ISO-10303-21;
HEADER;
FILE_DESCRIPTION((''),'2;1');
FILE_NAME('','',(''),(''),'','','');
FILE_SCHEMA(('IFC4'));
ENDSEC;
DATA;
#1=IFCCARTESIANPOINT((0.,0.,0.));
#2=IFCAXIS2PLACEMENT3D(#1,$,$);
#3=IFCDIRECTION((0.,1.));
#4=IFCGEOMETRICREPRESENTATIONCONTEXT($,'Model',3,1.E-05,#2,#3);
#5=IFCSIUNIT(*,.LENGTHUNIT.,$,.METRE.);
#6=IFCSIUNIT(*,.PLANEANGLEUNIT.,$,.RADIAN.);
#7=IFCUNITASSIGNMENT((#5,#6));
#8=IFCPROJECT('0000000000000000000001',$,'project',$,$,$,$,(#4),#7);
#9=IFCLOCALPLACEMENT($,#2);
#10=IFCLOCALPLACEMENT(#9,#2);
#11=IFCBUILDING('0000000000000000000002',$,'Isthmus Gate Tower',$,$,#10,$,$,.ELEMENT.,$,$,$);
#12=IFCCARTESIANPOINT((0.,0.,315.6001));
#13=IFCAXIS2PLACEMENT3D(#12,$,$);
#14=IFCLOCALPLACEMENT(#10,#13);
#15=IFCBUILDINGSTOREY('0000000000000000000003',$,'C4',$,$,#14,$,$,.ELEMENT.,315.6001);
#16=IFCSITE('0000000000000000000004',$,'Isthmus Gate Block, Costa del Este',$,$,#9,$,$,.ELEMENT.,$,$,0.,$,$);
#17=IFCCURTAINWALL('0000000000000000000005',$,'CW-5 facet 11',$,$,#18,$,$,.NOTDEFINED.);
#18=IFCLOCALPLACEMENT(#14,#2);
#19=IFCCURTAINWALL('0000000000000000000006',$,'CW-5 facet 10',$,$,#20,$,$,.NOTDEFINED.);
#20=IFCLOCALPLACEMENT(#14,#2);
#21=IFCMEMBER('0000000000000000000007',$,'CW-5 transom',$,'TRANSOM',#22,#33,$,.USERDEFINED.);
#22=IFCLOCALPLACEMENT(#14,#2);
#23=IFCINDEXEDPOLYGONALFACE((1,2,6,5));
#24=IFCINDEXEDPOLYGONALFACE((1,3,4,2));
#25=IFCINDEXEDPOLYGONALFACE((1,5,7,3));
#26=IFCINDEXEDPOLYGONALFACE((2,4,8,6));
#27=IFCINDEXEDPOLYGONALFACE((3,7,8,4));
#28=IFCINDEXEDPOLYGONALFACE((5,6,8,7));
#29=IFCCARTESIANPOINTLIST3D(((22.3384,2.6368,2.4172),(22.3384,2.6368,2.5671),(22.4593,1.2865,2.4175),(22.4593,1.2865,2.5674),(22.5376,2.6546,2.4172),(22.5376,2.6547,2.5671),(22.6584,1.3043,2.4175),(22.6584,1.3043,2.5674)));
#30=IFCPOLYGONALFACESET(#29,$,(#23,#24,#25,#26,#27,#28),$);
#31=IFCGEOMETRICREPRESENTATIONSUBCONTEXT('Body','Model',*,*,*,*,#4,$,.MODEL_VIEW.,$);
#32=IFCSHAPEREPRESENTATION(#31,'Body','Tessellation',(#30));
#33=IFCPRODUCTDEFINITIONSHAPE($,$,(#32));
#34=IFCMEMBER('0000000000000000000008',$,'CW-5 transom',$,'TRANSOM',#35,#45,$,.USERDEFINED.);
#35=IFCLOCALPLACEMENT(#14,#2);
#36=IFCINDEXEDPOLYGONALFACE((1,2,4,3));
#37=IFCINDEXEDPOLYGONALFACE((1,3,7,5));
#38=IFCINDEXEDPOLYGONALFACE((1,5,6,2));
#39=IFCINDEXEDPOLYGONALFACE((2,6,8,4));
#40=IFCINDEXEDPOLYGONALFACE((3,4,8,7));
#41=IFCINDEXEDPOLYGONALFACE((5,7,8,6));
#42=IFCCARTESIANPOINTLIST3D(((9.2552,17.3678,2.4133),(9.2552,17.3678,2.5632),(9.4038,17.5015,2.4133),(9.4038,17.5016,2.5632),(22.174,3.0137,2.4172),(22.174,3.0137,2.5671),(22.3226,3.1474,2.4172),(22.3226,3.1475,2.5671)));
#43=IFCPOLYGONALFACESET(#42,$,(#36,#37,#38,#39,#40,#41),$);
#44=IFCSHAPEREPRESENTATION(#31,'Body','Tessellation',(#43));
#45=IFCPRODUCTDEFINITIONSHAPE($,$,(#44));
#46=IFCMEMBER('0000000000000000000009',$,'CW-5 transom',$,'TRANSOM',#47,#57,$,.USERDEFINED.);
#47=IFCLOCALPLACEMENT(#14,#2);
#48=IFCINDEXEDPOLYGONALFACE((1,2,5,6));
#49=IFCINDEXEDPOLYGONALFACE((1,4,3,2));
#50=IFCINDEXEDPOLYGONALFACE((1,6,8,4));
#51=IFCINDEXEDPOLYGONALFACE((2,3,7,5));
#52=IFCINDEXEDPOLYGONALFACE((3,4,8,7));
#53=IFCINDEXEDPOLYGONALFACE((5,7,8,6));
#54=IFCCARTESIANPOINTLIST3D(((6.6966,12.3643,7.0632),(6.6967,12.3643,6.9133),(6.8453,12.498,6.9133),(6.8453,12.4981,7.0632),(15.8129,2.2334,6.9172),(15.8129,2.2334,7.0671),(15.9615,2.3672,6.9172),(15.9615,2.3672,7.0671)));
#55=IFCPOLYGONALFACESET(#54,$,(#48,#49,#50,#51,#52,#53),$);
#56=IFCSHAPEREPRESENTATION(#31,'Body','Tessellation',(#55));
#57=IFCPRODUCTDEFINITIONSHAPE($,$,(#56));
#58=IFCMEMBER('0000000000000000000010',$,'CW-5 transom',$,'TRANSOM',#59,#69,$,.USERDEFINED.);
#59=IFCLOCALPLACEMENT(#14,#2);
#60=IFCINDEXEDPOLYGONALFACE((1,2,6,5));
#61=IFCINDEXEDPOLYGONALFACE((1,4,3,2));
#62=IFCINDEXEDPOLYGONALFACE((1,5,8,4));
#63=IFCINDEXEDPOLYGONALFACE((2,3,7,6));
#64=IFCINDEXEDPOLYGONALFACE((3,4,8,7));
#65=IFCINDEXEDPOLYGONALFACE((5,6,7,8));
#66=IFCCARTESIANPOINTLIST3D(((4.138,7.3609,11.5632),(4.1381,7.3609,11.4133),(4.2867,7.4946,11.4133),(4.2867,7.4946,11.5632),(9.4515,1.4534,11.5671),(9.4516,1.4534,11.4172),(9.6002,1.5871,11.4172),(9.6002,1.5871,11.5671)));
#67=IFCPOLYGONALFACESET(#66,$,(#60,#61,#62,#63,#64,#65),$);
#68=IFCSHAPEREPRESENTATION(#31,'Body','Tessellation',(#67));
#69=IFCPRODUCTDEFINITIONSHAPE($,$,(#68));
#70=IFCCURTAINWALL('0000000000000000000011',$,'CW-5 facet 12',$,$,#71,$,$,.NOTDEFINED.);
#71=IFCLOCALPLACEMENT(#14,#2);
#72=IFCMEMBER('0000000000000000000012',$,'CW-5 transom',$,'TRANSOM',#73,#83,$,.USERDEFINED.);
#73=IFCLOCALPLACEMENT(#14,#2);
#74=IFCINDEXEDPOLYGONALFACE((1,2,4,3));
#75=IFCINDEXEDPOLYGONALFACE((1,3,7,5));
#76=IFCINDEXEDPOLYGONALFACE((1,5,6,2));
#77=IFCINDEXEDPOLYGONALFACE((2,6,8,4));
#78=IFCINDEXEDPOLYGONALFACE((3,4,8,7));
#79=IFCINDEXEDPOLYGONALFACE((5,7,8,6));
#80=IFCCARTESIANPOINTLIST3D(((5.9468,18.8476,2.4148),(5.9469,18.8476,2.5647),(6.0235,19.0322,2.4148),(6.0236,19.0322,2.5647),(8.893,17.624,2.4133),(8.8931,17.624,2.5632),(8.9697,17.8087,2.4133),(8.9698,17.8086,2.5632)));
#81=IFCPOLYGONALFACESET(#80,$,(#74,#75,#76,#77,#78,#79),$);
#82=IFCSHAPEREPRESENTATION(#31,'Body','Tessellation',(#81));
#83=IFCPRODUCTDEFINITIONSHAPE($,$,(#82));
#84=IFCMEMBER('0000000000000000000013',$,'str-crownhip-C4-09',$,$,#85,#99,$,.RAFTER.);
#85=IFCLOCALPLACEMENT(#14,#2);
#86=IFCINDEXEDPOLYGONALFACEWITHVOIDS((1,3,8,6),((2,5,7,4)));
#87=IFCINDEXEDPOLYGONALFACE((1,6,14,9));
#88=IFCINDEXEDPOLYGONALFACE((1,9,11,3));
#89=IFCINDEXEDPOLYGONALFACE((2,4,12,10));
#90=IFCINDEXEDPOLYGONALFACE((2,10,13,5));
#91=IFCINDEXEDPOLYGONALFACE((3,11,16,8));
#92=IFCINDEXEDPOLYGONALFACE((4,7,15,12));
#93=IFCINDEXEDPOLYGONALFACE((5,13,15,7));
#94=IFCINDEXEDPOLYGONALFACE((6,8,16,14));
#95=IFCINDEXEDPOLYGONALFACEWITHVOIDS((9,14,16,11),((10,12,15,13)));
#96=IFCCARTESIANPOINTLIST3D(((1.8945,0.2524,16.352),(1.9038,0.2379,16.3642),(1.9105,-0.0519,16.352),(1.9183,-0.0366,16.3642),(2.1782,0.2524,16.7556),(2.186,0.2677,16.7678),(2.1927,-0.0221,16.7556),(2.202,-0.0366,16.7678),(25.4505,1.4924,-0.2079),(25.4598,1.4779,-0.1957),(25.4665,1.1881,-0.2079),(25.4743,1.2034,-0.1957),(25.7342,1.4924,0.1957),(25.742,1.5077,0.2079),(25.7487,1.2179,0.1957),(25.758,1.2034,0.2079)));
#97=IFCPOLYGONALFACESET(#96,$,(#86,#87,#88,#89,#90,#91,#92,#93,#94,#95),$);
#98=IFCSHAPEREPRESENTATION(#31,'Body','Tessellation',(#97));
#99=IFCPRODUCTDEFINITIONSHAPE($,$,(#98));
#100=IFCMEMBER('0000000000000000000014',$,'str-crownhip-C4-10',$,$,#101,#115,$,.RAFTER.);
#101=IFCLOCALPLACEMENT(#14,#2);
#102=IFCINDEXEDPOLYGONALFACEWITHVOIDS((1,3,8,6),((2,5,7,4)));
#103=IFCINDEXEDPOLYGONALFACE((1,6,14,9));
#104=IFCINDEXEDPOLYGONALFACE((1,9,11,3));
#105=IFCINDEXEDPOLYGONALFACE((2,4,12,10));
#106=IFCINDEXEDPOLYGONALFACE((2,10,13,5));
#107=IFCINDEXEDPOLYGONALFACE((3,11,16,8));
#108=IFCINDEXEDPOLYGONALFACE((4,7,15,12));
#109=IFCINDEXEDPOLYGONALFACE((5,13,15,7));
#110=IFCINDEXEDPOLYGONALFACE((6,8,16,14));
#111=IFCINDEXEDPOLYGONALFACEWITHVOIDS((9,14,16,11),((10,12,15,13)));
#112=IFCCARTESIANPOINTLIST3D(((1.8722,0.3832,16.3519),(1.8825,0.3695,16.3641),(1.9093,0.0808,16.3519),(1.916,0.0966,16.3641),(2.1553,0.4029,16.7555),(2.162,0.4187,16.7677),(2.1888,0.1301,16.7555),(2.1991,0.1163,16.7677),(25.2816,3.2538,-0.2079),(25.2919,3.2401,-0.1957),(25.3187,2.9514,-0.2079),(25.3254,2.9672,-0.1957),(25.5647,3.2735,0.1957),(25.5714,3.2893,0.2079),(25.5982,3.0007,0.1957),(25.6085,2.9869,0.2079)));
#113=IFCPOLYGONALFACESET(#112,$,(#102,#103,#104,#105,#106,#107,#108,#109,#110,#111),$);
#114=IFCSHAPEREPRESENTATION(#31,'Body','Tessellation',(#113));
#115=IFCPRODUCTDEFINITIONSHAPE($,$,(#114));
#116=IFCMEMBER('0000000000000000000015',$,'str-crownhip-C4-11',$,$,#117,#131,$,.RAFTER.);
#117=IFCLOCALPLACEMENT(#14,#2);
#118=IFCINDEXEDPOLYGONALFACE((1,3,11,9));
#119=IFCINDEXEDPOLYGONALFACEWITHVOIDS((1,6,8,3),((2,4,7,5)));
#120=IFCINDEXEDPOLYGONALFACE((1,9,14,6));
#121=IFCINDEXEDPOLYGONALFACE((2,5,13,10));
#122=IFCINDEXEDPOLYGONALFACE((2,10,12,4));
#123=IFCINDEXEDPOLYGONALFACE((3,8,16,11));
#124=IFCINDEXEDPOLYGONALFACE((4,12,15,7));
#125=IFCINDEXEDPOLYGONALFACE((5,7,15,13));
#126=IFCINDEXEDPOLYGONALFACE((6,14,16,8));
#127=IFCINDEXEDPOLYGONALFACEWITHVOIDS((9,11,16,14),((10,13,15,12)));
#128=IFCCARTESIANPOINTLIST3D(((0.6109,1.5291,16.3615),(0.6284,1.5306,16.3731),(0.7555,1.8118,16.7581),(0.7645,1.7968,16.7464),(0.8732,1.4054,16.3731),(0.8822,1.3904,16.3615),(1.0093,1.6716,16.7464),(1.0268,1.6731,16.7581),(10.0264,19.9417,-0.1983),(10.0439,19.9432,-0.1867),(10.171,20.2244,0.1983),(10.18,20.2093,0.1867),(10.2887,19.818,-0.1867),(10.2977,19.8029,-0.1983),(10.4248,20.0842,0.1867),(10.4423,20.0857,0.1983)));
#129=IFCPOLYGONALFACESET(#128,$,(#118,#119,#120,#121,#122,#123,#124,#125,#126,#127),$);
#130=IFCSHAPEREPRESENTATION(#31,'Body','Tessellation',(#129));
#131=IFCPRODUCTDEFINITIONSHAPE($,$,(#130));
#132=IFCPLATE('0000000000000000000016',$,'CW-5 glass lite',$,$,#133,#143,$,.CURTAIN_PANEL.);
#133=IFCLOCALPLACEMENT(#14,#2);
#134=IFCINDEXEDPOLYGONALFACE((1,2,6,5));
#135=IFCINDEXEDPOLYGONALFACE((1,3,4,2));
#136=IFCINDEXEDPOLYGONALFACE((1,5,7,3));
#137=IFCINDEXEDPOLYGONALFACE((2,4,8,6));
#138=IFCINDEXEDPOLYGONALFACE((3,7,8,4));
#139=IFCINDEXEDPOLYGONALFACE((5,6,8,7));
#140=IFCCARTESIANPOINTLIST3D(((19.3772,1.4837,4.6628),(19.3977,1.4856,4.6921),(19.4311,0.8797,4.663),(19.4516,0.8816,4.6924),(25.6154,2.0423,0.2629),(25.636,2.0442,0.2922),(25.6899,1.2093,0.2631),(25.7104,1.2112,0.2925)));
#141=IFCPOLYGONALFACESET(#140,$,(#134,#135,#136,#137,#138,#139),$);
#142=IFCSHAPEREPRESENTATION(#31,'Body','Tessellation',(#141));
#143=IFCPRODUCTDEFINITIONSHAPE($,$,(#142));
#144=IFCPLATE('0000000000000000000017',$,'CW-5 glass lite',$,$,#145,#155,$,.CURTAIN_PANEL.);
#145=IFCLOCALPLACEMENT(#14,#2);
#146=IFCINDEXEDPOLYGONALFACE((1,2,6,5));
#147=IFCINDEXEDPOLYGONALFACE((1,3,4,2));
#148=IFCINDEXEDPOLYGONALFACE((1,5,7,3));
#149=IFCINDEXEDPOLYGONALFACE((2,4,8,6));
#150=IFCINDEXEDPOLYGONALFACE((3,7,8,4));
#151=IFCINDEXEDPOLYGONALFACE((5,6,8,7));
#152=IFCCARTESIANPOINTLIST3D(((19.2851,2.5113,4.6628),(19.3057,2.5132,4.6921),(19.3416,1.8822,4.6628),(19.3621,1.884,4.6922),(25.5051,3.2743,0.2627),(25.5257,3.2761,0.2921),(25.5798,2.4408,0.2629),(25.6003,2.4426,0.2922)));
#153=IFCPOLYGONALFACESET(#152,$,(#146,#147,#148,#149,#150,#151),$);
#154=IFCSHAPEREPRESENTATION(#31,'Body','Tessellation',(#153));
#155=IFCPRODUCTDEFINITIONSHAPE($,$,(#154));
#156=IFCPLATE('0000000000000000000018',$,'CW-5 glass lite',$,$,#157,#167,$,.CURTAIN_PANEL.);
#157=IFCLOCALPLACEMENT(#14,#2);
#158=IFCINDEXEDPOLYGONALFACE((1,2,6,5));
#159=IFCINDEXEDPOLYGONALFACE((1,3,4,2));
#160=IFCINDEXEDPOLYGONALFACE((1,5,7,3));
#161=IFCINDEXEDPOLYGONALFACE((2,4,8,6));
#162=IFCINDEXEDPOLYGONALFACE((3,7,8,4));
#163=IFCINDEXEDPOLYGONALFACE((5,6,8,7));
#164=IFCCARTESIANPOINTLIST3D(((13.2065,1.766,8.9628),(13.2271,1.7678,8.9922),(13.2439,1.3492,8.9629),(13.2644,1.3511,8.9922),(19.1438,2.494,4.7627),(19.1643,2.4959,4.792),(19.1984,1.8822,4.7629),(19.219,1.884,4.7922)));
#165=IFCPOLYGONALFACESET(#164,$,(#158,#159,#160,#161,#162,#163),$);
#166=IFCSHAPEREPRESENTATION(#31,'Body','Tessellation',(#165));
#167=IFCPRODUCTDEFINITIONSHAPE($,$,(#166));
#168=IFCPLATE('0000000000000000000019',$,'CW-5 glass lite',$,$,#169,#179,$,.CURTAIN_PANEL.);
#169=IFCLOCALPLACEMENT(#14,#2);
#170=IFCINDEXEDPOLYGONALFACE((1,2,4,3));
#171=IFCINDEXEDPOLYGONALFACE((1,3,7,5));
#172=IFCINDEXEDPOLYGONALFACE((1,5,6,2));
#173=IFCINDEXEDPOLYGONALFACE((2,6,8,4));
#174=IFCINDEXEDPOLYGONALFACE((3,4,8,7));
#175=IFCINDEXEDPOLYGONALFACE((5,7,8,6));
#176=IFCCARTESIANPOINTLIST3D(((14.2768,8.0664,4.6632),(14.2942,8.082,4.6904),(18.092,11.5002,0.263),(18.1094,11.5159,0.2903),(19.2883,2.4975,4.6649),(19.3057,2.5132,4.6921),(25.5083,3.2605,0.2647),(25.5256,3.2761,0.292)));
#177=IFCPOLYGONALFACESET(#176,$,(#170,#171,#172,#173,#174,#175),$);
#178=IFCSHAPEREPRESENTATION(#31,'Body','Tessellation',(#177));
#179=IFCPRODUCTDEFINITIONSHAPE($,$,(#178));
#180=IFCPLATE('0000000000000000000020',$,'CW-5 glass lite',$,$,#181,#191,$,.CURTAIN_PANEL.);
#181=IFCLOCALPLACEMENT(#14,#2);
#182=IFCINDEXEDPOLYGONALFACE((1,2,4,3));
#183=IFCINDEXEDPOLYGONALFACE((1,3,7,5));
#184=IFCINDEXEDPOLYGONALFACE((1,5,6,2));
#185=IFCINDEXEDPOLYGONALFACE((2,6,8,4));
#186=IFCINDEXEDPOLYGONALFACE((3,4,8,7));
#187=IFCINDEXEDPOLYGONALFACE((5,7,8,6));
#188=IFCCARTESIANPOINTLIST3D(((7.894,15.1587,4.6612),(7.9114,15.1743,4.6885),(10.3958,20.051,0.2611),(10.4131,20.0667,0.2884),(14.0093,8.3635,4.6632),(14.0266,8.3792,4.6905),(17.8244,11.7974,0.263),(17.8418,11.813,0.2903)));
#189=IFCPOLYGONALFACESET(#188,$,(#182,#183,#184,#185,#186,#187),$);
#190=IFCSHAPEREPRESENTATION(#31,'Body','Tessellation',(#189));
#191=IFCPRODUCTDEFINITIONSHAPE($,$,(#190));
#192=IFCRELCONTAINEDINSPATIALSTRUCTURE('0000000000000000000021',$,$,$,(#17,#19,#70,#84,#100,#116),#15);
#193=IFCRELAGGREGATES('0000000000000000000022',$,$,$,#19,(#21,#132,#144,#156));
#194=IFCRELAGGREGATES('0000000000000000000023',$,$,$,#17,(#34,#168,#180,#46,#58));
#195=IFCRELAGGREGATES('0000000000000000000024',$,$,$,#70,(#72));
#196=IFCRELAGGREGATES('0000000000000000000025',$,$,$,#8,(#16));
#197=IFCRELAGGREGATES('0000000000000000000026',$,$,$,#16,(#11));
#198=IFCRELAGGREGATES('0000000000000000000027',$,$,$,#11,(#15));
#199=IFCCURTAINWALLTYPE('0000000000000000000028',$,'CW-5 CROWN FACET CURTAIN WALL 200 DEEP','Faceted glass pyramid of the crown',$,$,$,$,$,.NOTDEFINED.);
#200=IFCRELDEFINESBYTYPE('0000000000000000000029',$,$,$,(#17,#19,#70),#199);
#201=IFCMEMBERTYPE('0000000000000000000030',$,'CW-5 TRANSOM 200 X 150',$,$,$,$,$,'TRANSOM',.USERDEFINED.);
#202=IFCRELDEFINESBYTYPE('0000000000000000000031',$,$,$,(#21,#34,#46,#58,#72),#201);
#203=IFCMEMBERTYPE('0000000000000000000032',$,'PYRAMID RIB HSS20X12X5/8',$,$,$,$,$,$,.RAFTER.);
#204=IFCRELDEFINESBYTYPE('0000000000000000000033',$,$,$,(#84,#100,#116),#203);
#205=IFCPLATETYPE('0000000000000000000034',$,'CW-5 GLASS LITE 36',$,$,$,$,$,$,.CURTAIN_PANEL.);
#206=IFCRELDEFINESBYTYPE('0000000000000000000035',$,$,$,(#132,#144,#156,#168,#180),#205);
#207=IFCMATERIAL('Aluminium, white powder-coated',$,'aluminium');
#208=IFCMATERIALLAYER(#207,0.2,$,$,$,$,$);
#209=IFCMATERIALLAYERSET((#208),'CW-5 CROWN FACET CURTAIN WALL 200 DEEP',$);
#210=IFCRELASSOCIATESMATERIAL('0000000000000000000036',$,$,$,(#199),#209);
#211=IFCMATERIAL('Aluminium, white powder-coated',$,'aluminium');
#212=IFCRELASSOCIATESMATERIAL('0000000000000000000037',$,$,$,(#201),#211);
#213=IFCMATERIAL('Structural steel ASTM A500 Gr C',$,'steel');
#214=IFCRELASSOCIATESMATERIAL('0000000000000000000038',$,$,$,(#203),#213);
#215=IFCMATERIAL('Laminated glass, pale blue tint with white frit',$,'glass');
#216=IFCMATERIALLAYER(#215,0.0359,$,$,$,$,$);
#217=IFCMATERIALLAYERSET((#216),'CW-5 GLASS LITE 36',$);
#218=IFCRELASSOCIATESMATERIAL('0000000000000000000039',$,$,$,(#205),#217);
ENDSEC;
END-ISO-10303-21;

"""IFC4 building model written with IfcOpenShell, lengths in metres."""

from ifc_helpers import new_model, si_unit, direction, frame, origin, origin_2d, place, context, subcontext, project, spatial, polyline, rectangle, hollow_rectangle, outline, extrude, material, layer, layer_set, material_profile, profile_set, type_object, element, aggregate, save


model = new_model("IFC4")

# Units and contexts
model_context = context("Model", 3, precision=1e-05, world=origin(), true_north=direction((0.0, 1.0)))
body_context = subcontext(model_context, "Body", "Model", "MODEL_VIEW")
ifc_project = project(units=[si_unit("LENGTHUNIT", "METRE"), si_unit("PLANEANGLEUNIT", "RADIAN")], contexts=[model_context])

# Site, building, storey
site_placement = place(None, origin())
site = spatial("IfcSite", under=ifc_project, at=site_placement, Name="Isthmus Gate Block, Costa del Este", CompositionType="ELEMENT", RefElevation=0.0)
building_placement = place(site_placement, origin())
building = spatial("IfcBuilding", under=site, at=building_placement, Name="Isthmus Gate Tower", CompositionType="ELEMENT")
storey_placement = place(building_placement, frame((0.0, 0.0, 315.6001)))
storey = spatial("IfcBuildingStorey", under=building, at=storey_placement, Name="C4", CompositionType="ELEMENT", Elevation=315.6001)

# Curtain wall
ifc_material_1 = material(Name="Aluminium, white powder-coated", Category="aluminium")
ifc_layer_1 = layer(ifc_material_1, 0.2)
ifc_layer_set_1 = layer_set([ifc_layer_1], Name="CW-5 CROWN FACET CURTAIN WALL 200 DEEP")
curtain_wall_type = type_object("IfcCurtainWallType", Name="CW-5 CROWN FACET CURTAIN WALL 200 DEEP", Description="Faceted glass pyramid of the crown", PredefinedType="NOTDEFINED", material=ifc_layer_set_1)
curtain_wall_1_placement = place(storey_placement, origin())
curtain_wall_1 = element("IfcCurtainWall", 1, at=curtain_wall_1_placement, inside=storey, type_object=curtain_wall_type, Name="CW-5 facet 11", PredefinedType="NOTDEFINED")
placement_1 = place(building_placement, frame((0.0, 0.0, 324.6001)))

# Curtain wall
curtain_wall_2_placement = place(storey_placement, origin())
curtain_wall_2 = element("IfcCurtainWall", 2, at=curtain_wall_2_placement, inside=storey, type_object=curtain_wall_type, Name="CW-5 facet 10", PredefinedType="NOTDEFINED")
placement_2 = place(building_placement, frame((0.0, 0.0, 320.1001)))

# Members
ifc_material_2 = material(Name="Aluminium, white powder-coated", Category="aluminium")
ifc_material_profile_1 = material_profile(ifc_material_2, rectangle(XDim=0.2, YDim=0.1499, at=origin_2d()), Name="200x150")
ifc_profile_set_1 = profile_set([ifc_material_profile_1], Name="Aluminium, white powder-coated")
member_type_1 = type_object("IfcMemberType", Name="CW-5 TRANSOM 200 X 150", ElementType="TRANSOM", PredefinedType="USERDEFINED", material=ifc_profile_set_1)
member_1_placement = place(storey_placement, frame((22.5588, 1.2954, 2.4924), z_axis=(-0.089139, 0.996019, -0.00018), x_axis=(-0.996019, -0.089139, 0.0)))
member_1 = element("IfcMember", 3, at=member_1_placement, type_object=member_type_1, Name="CW-5 transom", ObjectType="TRANSOM", PredefinedType="USERDEFINED", context=body_context, shape_type="SweptSolid", body=[
    extrude(rectangle(XDim=0.2, YDim=0.1499, at=origin_2d()), origin(), (0.0, 0.0, 1.0), 1.3557),
])
member_2_placement = place(storey_placement, frame((22.2483, 3.0806, 2.4922), z_axis=(-0.668968, 0.743292, -0.000202), x_axis=(-0.743292, -0.668968, 0.0)))
member_2 = element("IfcMember", 4, at=member_2_placement, type_object=member_type_1, Name="CW-5 transom", ObjectType="TRANSOM", PredefinedType="USERDEFINED", context=body_context, shape_type="SweptSolid", body=[
    extrude(rectangle(XDim=0.2, YDim=0.1499, at=origin_2d()), origin(), (0.0, 0.0, 1.0), 19.3115),
])
member_3_placement = place(placement_2, frame((15.8872, 2.3003, 2.4922), z_axis=(-0.668901, 0.743351, -0.000287), x_axis=(-0.743351, -0.668901, 0.0)))
member_3 = element("IfcMember", 5, at=member_3_placement, type_object=member_type_1, Name="CW-5 transom", ObjectType="TRANSOM", PredefinedType="USERDEFINED", context=body_context, shape_type="SweptSolid", body=[
    extrude(rectangle(XDim=0.2, YDim=0.1499, at=origin_2d()), origin(), (0.0, 0.0, 1.0), 13.6287),
])
member_4_placement = place(placement_1, frame((9.5259, 1.5203, 2.4922), z_axis=(-0.668739, 0.743497, -0.000492), x_axis=(-0.743497, -0.668739, 0.0)))
member_4 = element("IfcMember", 6, at=member_4_placement, type_object=member_type_1, Name="CW-5 transom", ObjectType="TRANSOM", PredefinedType="USERDEFINED", context=body_context, shape_type="SweptSolid", body=[
    extrude(rectangle(XDim=0.2, YDim=0.1499, at=origin_2d()), origin(), (0.0, 0.0, 1.0), 7.9456),
])

# Curtain wall, member
curtain_wall_3_placement = place(storey_placement, origin())
curtain_wall_3 = element("IfcCurtainWall", 7, at=curtain_wall_3_placement, inside=storey, type_object=curtain_wall_type, Name="CW-5 facet 12", PredefinedType="NOTDEFINED")
member_5_placement = place(storey_placement, frame((8.9314, 17.7163, 2.4883), z_axis=(-0.92352, 0.38355, 0.000459), x_axis=(-0.38355, -0.92352, 0.0)))
member_5 = element("IfcMember", 8, at=member_5_placement, type_object=member_type_1, Name="CW-5 transom", ObjectType="TRANSOM", PredefinedType="USERDEFINED", context=body_context, shape_type="SweptSolid", body=[
    extrude(rectangle(XDim=0.2, YDim=0.1499, at=origin_2d()), origin(), (0.0, 0.0, 1.0), 3.1902),
])

# Members
ifc_material_3 = material(Name="Structural steel ASTM A500 Gr C", Category="steel")
ifc_material_profile_2 = material_profile(ifc_material_3, hollow_rectangle(XDim=0.3047, YDim=0.5081, WallThickness=0.0149, at=origin_2d()), Name="HSS20X12X5/8")
ifc_profile_set_2 = profile_set([ifc_material_profile_2], Name="Structural steel ASTM A500 Gr C")
member_type_2 = type_object("IfcMemberType", Name="PYRAMID RIB HSS20X12X5/8", PredefinedType="RAFTER", material=ifc_profile_set_2)
member_6_placement = place(storey_placement, frame((25.6042, 1.3479, 0.0), z_axis=(-0.81732, -0.043024, 0.574576), x_axis=(0.052568, -0.998617, 0.0)))
element("IfcMember", 9, at=member_6_placement, inside=storey, type_object=member_type_2, Name="str-crownhip-C4-09", PredefinedType="RAFTER", context=body_context, shape_type="SweptSolid", body=[
    extrude(hollow_rectangle(XDim=0.3047, YDim=0.5081, WallThickness=0.0149, at=origin_2d()), origin(), (0.0, 0.0, 1.0), 28.821),
])
member_7_placement = place(storey_placement, frame((25.4451, 3.1204, 0.0), z_axis=(-0.812324, -0.099612, 0.574637), x_axis=(0.121714, -0.992565, 0.0)))
element("IfcMember", 10, at=member_7_placement, inside=storey, type_object=member_type_2, Name="str-crownhip-C4-10", PredefinedType="RAFTER", context=body_context, shape_type="SweptSolid", body=[
    extrude(hollow_rectangle(XDim=0.3047, YDim=0.5081, WallThickness=0.0149, at=origin_2d()), origin(), (0.0, 0.0, 1.0), 28.8179),
])
member_8_placement = place(storey_placement, frame((10.2344, 20.0137, 0.0), z_axis=(-0.355391, -0.694987, 0.625053), x_axis=(0.890344, -0.455289, 0.0)))
element("IfcMember", 11, at=member_8_placement, inside=storey, type_object=member_type_2, Name="str-crownhip-C4-11", PredefinedType="RAFTER", context=body_context, shape_type="SweptSolid", body=[
    extrude(hollow_rectangle(XDim=0.3047, YDim=0.5081, WallThickness=0.0149, at=origin_2d()), origin(), (0.0, 0.0, 1.0), 26.4934),
])

# Plates
ifc_material_4 = material(Name="Laminated glass, pale blue tint with white frit", Category="glass")
ifc_layer_2 = layer(ifc_material_4, 0.0359)
ifc_layer_set_2 = layer_set([ifc_layer_2], Name="CW-5 GLASS LITE 36")
plate_type = type_object("IfcPlateType", Name="CW-5 GLASS LITE 36", PredefinedType="CURTAIN_PANEL", material=ifc_layer_set_2)
plate_1_placement = place(storey_placement, frame((25.7104, 1.2112, 0.2925), z_axis=(0.572528, 0.051442, 0.81827), x_axis=(-0.089049, 0.996027, -0.000311)))
plate_1 = element("IfcPlate", 12, at=plate_1_placement, type_object=plate_type, Name="CW-5 glass lite", PredefinedType="CURTAIN_PANEL", context=body_context, shape_type="SweptSolid", body=[
    extrude(outline(polyline([(0.0, 0.0), (0.8363, 0.0), (0.8341, 7.6542), (0.2277, 7.6543), (0.0, 0.0)])), origin(), (0.0, 0.0, -1.0), 0.0359),
])
plate_2_placement = place(storey_placement, frame((25.6003, 2.4426, 0.2922), z_axis=(0.572534, 0.051455, 0.818265), x_axis=(-0.089215, 0.996012, -0.000209)))
plate_2 = element("IfcPlate", 13, at=plate_2_placement, type_object=plate_type, Name="CW-5 glass lite", PredefinedType="CURTAIN_PANEL", context=body_context, shape_type="SweptSolid", body=[
    extrude(outline(polyline([(0.0, 0.0), (0.8368, 0.0), (0.6309, 7.6543), (-0.0007, 7.6542), (0.0, 0.0)])), origin(), (0.0, 0.0, -1.0), 0.0359),
])
plate_3_placement = place(placement_2, frame((19.219, 1.884, 0.2922), z_axis=(0.572546, 0.051428, 0.818258), x_axis=(-0.088988, 0.996033, -0.000336)))
plate_3 = element("IfcPlate", 14, at=plate_3_placement, type_object=plate_type, Name="CW-5 glass lite", PredefinedType="CURTAIN_PANEL", context=body_context, shape_type="SweptSolid", body=[
    extrude(outline(polyline([(0.0, 0.0), (0.6143, 0.0), (0.416, 7.3064), (-0.0024, 7.3062), (0.0, 0.0)])), origin(), (0.0, 0.0, -1.0), 0.0359),
])
aggregate(curtain_wall_2, [member_1, plate_1, plate_2, plate_3])
plate_4_placement = place(storey_placement, frame((25.5256, 3.2761, 0.292), z_axis=(0.483669, 0.43549, 0.759219), x_axis=(-0.66899, 0.743272, -0.000155)))
plate_4 = element("IfcPlate", 15, at=plate_4_placement, type_object=plate_type, Name="CW-5 glass lite", PredefinedType="CURTAIN_PANEL", context=body_context, shape_type="SweptSolid", body=[
    extrude(outline(polyline([(0.0, 0.0), (11.0858, 0.0), (11.0851, 6.7608), (3.5933, 6.7616), (0.0, 0.0)])), origin(), (0.0, 0.0, -1.0), 0.0359),
])
plate_5_placement = place(storey_placement, frame((17.8418, 11.813, 0.2903), z_axis=(0.483668, 0.435498, 0.759215), x_axis=(-0.668983, 0.743278, -0.000172)))
plate_5 = element("IfcPlate", 16, at=plate_5_placement, type_object=plate_type, Name="CW-5 glass lite", PredefinedType="CURTAIN_PANEL", context=body_context, shape_type="SweptSolid", body=[
    extrude(outline(polyline([(0.0, 0.0), (11.1044, 0.0), (9.1409, 6.7601), (-0.0008, 6.7608), (0.0, 0.0)])), origin(), (0.0, 0.0, -1.0), 0.0359),
])
aggregate(curtain_wall_1, [member_2, plate_4, plate_5, member_3, member_4])
aggregate(curtain_wall_3, [member_5])

save(model, "model.ifc")
